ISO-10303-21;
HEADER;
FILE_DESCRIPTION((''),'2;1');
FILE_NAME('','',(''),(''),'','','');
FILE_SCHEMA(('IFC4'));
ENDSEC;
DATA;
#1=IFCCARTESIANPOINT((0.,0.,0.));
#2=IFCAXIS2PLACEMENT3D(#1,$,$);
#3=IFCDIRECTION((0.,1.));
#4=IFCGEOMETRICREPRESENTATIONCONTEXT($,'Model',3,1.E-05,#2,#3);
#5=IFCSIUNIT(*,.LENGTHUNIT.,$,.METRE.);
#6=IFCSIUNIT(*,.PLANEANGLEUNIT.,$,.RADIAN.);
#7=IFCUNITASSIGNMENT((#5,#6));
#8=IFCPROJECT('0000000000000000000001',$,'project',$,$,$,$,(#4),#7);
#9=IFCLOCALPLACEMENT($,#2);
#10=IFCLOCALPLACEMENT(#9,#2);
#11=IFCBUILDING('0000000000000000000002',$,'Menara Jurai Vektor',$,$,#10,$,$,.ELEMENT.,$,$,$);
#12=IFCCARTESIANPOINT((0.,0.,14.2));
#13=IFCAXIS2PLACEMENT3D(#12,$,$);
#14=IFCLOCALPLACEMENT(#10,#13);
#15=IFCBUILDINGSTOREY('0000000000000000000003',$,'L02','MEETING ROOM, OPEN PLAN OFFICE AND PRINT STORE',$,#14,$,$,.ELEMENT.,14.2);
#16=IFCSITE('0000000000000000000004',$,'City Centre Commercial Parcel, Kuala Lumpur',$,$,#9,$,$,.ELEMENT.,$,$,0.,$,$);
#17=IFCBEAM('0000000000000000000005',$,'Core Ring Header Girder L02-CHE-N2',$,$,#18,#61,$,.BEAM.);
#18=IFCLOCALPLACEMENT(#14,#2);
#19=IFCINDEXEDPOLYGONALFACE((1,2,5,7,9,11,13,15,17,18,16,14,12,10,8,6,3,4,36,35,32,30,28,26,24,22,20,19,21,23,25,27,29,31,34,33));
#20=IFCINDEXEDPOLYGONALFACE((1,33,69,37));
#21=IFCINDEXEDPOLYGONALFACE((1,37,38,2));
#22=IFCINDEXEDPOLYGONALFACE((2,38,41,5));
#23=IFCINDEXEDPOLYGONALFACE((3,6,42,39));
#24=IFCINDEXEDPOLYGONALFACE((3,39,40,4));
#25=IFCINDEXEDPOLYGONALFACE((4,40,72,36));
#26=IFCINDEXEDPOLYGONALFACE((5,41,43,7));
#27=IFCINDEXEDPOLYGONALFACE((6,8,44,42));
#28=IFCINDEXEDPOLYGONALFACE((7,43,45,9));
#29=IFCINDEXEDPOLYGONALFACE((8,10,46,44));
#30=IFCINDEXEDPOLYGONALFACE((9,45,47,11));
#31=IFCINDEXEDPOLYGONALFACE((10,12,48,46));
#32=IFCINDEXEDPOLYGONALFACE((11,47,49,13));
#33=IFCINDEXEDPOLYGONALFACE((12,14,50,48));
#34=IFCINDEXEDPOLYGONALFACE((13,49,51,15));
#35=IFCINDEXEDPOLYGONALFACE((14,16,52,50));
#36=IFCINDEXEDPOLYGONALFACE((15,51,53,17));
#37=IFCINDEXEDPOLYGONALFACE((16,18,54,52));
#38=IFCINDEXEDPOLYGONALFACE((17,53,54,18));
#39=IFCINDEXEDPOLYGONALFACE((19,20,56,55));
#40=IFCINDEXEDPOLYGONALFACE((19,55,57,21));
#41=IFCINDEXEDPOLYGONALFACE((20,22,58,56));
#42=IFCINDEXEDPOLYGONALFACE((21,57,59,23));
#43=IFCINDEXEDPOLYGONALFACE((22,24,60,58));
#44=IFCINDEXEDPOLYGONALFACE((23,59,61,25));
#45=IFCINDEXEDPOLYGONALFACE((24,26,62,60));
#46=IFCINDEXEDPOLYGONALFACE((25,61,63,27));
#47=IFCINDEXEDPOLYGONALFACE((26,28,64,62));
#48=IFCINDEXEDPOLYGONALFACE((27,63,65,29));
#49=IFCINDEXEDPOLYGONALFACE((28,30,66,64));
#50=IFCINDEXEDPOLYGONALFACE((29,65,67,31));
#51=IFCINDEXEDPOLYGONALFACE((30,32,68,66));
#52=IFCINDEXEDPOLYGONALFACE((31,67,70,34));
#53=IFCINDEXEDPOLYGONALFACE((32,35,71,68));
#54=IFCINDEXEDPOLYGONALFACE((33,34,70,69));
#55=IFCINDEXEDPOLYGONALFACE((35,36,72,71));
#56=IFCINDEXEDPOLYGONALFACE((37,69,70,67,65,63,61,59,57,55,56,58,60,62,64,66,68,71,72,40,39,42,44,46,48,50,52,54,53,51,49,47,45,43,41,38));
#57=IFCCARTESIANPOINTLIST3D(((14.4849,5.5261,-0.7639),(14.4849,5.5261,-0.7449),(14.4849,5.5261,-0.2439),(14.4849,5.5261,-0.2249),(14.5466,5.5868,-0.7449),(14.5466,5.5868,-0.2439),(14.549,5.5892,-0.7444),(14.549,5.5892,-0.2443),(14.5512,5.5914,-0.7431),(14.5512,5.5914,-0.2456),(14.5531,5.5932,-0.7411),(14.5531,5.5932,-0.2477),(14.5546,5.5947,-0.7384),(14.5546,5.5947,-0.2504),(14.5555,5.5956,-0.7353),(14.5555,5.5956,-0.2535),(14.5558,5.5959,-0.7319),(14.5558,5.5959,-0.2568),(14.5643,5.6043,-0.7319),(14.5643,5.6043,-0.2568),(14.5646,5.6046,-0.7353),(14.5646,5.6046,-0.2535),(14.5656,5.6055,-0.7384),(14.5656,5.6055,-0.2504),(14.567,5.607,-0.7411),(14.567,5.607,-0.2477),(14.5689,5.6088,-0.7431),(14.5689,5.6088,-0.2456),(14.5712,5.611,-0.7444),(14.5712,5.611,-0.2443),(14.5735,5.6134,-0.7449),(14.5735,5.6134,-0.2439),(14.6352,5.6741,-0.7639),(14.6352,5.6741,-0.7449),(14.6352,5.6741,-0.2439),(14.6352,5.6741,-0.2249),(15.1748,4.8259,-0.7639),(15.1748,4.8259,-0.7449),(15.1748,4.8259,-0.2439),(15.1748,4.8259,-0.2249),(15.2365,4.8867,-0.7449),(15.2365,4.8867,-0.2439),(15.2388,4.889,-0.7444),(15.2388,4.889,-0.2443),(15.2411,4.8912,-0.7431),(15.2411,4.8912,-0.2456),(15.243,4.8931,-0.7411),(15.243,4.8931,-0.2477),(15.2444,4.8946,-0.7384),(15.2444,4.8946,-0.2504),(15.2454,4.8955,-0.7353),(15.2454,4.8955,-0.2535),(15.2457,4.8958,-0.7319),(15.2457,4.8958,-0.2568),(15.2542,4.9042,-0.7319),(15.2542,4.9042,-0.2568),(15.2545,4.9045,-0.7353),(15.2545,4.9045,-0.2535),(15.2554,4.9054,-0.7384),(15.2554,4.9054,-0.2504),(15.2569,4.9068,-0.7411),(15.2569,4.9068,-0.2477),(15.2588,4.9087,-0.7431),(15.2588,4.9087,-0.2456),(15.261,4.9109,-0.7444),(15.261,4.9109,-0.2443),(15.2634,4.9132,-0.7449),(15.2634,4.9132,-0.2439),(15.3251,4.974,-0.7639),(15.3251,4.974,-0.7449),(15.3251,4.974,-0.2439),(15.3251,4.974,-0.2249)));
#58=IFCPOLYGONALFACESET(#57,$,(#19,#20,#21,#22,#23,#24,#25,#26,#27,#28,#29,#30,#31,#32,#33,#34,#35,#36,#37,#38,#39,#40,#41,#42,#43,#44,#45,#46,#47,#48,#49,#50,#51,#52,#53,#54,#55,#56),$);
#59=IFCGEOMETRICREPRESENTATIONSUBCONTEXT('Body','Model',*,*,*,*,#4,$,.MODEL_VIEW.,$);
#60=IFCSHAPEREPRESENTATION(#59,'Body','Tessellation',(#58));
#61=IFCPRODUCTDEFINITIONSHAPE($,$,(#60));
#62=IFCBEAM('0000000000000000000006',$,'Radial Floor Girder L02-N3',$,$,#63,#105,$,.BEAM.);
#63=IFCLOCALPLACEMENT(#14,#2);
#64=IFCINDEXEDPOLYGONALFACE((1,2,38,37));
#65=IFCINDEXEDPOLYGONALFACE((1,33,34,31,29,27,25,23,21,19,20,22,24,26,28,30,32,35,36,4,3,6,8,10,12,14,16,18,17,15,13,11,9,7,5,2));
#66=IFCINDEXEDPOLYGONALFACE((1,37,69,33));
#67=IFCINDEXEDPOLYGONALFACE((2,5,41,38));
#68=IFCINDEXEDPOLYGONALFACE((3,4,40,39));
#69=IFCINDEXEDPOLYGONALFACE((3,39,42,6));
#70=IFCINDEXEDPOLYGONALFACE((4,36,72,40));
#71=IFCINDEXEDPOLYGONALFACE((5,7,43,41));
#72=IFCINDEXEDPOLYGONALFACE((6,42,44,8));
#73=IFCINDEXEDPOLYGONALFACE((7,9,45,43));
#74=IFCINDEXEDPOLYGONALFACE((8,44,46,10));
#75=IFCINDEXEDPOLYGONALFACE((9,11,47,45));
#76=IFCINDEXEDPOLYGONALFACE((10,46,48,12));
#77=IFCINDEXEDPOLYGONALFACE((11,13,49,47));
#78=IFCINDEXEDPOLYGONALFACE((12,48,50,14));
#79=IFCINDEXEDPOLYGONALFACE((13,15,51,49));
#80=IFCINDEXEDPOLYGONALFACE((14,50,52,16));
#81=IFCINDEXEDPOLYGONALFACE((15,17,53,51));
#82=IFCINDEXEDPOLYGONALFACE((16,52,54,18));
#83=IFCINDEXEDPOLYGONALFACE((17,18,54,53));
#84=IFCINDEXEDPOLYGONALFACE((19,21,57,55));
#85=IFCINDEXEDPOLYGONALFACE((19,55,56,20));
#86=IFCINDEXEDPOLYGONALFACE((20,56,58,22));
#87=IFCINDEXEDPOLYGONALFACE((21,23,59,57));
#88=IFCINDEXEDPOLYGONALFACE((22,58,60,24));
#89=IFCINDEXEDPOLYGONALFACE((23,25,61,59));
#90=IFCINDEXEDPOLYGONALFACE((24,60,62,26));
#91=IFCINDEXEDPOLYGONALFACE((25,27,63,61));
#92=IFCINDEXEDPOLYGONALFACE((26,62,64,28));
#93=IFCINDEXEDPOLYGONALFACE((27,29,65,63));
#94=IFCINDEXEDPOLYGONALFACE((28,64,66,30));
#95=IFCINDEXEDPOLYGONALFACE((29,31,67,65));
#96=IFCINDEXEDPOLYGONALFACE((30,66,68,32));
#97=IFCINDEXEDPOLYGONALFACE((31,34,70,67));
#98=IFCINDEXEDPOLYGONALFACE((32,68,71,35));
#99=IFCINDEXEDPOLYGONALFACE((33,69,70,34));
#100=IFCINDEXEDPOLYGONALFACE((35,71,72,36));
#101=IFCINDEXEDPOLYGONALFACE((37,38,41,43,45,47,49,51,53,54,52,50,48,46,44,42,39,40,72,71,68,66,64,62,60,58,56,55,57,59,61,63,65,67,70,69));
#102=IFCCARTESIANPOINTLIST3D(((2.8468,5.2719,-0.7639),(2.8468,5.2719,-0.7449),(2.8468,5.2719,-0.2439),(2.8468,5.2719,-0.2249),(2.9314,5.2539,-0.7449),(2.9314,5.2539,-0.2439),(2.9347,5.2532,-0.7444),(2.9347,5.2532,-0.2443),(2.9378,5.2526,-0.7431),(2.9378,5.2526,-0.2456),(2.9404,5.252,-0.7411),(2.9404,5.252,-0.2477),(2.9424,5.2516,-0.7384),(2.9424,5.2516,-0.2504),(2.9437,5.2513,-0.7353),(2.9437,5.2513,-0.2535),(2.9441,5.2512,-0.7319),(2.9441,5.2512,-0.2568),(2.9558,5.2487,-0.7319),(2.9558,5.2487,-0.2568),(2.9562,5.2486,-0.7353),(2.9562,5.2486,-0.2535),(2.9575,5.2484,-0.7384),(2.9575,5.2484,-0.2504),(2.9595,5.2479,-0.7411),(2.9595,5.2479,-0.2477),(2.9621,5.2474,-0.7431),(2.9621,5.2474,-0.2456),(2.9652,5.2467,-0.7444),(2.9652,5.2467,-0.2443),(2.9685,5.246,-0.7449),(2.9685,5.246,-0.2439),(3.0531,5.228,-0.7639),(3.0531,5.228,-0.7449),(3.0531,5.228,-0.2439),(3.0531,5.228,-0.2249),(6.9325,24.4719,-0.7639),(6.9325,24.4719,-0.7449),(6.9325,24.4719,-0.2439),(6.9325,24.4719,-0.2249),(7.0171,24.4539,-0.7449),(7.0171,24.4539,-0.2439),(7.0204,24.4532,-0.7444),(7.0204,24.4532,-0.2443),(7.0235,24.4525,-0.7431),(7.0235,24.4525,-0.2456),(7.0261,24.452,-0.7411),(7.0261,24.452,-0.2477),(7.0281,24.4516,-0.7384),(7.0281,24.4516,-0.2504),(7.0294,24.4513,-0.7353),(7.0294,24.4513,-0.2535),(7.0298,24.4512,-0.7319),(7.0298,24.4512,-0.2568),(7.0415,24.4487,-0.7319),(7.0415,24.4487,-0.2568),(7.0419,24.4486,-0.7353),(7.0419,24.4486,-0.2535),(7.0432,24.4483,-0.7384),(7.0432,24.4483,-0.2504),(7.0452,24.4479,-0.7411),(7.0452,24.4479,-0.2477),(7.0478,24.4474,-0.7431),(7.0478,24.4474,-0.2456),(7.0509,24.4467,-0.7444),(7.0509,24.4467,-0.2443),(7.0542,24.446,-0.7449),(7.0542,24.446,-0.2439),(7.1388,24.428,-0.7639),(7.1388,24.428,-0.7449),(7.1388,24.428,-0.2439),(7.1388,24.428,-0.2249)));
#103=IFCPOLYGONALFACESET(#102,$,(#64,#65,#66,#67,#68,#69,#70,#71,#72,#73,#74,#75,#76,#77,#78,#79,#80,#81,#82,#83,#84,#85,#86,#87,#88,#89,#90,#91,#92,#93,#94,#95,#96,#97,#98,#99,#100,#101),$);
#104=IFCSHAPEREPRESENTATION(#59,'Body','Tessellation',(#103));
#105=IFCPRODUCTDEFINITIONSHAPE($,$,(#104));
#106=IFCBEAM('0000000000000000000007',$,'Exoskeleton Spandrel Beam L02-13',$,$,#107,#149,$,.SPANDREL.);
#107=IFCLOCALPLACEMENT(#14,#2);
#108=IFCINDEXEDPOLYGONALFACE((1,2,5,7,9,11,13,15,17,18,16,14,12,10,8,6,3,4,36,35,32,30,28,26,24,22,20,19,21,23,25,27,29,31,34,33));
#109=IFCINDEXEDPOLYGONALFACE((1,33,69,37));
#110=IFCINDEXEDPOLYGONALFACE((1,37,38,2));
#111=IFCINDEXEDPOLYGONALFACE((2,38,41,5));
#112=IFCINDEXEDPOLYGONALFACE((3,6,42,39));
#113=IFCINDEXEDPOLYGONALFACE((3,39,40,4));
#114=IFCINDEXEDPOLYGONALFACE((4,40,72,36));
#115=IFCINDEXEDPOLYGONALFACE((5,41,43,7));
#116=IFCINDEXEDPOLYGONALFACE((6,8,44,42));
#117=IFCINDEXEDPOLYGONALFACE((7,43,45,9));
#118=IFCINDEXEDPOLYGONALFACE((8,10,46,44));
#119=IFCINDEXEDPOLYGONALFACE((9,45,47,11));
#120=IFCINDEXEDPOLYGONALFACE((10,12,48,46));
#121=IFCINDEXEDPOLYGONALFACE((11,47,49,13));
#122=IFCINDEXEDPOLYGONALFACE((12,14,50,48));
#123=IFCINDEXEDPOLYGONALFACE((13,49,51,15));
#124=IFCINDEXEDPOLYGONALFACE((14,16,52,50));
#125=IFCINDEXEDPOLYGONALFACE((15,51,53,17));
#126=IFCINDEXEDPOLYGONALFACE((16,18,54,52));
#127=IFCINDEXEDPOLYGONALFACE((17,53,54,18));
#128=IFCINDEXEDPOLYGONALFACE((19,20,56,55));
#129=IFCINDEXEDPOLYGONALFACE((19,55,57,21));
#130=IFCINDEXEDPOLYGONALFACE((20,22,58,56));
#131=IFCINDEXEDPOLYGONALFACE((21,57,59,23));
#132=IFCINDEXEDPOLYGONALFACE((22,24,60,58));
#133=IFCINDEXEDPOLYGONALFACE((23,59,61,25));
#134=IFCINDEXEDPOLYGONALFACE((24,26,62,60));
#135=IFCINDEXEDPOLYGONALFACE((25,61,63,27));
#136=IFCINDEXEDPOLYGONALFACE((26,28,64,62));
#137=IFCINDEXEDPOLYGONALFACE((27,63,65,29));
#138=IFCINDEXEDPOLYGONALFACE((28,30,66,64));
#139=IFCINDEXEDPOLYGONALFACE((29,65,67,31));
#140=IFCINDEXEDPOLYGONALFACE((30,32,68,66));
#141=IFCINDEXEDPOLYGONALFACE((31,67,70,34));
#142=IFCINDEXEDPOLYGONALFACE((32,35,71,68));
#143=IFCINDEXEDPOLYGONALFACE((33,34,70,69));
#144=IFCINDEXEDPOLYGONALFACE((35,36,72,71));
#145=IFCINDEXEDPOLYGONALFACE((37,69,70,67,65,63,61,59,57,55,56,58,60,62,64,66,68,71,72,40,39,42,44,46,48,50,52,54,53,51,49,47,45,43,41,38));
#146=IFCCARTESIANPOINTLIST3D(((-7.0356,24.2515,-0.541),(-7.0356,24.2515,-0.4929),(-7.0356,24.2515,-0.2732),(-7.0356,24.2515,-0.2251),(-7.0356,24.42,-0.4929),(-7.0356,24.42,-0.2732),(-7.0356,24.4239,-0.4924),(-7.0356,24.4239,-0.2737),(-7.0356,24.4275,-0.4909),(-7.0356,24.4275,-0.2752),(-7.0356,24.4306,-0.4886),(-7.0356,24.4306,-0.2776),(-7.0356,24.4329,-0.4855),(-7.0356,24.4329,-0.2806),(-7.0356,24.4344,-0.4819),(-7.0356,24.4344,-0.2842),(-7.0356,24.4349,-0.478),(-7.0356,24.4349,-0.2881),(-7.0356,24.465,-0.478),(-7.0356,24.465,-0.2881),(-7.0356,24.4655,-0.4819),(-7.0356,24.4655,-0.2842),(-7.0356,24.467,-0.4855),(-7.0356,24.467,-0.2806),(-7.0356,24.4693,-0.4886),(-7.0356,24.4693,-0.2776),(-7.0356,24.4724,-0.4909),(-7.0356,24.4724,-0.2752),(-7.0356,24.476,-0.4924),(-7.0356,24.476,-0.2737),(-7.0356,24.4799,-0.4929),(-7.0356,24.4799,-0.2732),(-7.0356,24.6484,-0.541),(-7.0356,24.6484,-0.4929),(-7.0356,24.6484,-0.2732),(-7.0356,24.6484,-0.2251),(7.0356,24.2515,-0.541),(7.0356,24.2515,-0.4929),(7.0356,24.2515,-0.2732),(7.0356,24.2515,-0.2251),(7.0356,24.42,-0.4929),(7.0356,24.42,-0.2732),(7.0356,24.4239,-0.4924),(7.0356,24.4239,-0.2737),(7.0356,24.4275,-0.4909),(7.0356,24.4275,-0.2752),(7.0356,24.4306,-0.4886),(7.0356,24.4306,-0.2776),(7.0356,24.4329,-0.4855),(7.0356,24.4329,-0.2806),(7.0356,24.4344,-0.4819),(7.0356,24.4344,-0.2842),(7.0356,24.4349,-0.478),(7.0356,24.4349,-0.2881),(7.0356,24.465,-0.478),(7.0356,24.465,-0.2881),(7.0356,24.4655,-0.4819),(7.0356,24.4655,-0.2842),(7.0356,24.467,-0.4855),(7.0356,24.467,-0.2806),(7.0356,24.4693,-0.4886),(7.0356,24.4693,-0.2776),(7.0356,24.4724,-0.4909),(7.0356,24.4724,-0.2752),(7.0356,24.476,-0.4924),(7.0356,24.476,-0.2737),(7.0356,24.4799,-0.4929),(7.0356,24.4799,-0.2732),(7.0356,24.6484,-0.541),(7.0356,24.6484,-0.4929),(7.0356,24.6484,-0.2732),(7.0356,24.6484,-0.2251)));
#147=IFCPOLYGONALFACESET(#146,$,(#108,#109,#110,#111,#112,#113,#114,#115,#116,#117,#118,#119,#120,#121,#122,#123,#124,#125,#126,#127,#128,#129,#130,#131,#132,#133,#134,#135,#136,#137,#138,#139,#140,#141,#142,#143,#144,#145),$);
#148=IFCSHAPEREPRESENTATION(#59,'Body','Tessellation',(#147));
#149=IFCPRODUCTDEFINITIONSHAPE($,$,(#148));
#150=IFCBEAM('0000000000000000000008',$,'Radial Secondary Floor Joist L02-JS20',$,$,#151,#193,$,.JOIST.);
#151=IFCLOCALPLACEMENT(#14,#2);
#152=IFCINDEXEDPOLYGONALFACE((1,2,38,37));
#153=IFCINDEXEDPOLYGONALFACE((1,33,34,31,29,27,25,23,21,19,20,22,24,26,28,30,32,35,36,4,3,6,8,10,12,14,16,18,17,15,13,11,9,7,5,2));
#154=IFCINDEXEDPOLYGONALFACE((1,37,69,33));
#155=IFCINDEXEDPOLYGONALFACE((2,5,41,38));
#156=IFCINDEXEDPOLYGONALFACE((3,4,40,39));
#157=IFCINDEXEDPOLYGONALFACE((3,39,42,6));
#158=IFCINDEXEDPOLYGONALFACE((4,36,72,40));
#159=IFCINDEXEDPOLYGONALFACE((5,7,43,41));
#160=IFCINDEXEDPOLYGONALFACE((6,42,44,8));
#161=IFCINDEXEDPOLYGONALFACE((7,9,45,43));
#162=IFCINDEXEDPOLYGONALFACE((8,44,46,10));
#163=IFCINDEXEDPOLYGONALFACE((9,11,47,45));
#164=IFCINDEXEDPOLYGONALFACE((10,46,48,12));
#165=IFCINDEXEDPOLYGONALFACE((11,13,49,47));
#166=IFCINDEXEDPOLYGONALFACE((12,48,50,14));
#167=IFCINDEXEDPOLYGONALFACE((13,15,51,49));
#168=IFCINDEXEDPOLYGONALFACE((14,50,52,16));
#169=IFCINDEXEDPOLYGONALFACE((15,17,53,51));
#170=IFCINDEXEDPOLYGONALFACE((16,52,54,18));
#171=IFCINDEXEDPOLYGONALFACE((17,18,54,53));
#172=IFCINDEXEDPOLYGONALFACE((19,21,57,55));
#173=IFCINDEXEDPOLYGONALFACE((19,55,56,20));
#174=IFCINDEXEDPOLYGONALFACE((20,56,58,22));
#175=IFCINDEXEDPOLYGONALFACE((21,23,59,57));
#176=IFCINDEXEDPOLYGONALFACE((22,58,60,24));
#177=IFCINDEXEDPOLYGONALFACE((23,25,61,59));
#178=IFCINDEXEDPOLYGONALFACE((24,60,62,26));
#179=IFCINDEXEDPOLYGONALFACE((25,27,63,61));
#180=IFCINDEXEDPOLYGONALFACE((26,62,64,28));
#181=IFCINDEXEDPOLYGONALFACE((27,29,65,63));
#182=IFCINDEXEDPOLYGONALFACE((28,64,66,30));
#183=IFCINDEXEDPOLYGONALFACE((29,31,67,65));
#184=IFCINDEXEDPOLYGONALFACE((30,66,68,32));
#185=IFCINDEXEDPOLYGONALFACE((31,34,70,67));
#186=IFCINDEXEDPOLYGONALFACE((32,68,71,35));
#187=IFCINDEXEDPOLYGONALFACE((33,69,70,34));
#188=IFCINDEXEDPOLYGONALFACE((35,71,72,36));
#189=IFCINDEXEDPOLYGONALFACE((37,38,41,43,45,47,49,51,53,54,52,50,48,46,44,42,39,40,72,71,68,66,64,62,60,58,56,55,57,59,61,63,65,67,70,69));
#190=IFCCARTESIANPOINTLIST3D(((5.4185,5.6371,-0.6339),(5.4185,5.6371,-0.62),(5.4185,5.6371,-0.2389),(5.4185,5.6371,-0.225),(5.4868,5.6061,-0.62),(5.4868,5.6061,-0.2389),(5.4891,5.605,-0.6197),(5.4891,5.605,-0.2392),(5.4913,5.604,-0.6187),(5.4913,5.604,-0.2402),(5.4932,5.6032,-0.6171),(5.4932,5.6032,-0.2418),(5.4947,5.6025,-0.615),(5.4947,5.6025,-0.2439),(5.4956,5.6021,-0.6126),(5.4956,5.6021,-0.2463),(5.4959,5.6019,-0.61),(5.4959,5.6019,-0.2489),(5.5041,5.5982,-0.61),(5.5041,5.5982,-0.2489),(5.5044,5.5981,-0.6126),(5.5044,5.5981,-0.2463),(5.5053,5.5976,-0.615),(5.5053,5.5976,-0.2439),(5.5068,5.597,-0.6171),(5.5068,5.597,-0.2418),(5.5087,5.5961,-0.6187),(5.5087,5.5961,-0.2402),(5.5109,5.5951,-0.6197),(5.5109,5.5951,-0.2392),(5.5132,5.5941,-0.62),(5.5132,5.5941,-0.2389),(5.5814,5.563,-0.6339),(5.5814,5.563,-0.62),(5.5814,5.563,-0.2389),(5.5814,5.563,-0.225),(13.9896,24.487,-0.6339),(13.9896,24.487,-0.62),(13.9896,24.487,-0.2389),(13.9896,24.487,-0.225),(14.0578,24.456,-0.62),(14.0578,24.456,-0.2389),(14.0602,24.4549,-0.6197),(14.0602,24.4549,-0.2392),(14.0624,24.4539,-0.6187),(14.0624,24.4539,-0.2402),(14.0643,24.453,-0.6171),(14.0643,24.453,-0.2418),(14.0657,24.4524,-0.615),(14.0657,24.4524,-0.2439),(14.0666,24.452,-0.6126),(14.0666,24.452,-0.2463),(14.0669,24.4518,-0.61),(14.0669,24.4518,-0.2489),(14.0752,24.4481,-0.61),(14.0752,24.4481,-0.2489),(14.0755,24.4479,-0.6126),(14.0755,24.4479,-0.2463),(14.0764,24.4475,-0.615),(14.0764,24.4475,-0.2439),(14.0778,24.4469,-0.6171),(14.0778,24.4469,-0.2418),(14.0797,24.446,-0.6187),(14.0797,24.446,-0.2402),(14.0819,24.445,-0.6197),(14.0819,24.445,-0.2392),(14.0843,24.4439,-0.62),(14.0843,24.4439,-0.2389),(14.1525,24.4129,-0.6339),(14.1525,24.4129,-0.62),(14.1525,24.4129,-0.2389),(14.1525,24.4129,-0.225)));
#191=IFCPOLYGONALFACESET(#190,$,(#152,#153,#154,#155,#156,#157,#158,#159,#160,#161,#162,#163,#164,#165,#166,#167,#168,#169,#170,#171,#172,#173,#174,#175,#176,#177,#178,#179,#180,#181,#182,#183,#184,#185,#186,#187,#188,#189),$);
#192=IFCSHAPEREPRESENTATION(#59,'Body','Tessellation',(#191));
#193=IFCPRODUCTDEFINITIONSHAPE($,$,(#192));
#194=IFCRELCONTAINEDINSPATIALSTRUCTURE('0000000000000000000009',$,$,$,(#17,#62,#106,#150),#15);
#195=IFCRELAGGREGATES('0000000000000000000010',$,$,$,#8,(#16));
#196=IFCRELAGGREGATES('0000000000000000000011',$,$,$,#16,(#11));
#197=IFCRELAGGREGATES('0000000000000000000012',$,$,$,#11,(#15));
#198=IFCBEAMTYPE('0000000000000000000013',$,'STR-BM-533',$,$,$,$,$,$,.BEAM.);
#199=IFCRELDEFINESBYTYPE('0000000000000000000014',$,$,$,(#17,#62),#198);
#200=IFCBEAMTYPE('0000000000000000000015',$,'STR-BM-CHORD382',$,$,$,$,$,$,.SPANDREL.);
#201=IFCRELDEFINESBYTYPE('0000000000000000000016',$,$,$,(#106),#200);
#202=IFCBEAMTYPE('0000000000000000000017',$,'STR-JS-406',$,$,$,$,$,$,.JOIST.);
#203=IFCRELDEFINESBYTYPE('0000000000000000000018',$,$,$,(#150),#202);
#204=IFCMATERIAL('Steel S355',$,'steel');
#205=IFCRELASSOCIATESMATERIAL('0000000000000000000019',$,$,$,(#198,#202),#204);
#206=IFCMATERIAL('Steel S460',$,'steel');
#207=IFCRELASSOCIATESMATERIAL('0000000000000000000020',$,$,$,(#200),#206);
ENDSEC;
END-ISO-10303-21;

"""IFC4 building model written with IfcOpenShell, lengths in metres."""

from ifc_helpers import new_model, si_unit, direction, frame, origin, origin_2d, place, context, subcontext, project, spatial, i_section, extrude, material, material_profile, profile_set, type_object, element, save


model = new_model("IFC4")

# Units and contexts
model_context = context("Model", 3, precision=1e-05, world=origin(), true_north=direction((0.0, 1.0)))
body_context = subcontext(model_context, "Body", "Model", "MODEL_VIEW")
ifc_project = project(units=[si_unit("LENGTHUNIT", "METRE"), si_unit("PLANEANGLEUNIT", "RADIAN")], contexts=[model_context])

# Site, building, storey
site_placement = place(None, origin())
site = spatial("IfcSite", under=ifc_project, at=site_placement, Name="City Centre Commercial Parcel, Kuala Lumpur", CompositionType="ELEMENT", RefElevation=0.0)
building_placement = place(site_placement, origin())
building = spatial("IfcBuilding", under=site, at=building_placement, Name="Menara Jurai Vektor", CompositionType="ELEMENT")
storey_placement = place(building_placement, frame((0.0, 0.0, 14.2)))
storey = spatial("IfcBuildingStorey", under=building, at=storey_placement, Name="L02", Description="MEETING ROOM, OPEN PLAN OFFICE AND PRINT STORE", CompositionType="ELEMENT", Elevation=14.2)

# Shared definitions
ifc_material_1 = material(Name="Steel S355", Category="steel")
ifc_material_2 = material(Name="Steel S460", Category="steel")

# Beams
ifc_material_profile_1 = material_profile(ifc_material_1, i_section(OverallWidth=0.2109, OverallDepth=0.5391, WebThickness=0.012, FlangeThickness=0.019, FilletRadius=0.0129, at=origin_2d()), Name="UKB 533x210x109")
ifc_profile_set_1 = profile_set([ifc_material_profile_1], Name="Steel S355")
beam_type_1 = type_object("IfcBeamType", Name="STR-BM-533", PredefinedType="BEAM", material=ifc_profile_set_1)
beam_1_placement = place(storey_placement, frame((14.5601, 5.6001, -0.4944), z_axis=(0.701872, -0.712303, 0.0), x_axis=(0.712303, 0.701872, 0.0)))
element("IfcBeam", 1, at=beam_1_placement, inside=storey, type_object=beam_type_1, Name="Core Ring Header Girder L02-CHE-N2", PredefinedType="BEAM", context=body_context, shape_type="SweptSolid", body=[
    extrude(i_section(OverallWidth=0.2109, OverallDepth=0.5391, WebThickness=0.012, FlangeThickness=0.019, FilletRadius=0.0129, at=origin_2d()), origin(), (0.0, 0.0, 1.0), 0.9829),
])
beam_2_placement = place(storey_placement, frame((7.0356, 24.45, -0.4944), z_axis=(-0.208137, -0.9781, 0.0), x_axis=(0.9781, -0.208137, 0.0)))
element("IfcBeam", 2, at=beam_2_placement, inside=storey, type_object=beam_type_1, Name="Radial Floor Girder L02-N3", PredefinedType="BEAM", context=body_context, shape_type="SweptSolid", body=[
    extrude(i_section(OverallWidth=0.2109, OverallDepth=0.5391, WebThickness=0.012, FlangeThickness=0.019, FilletRadius=0.0129, at=origin_2d()), origin(), (0.0, 0.0, 1.0), 19.6299),
])
ifc_material_profile_2 = material_profile(ifc_material_2, i_section(OverallWidth=0.397, OverallDepth=0.3159, WebThickness=0.03, FlangeThickness=0.0481, FilletRadius=0.0149, at=origin_2d()), Name="HD 400x382")
ifc_profile_set_2 = profile_set([ifc_material_profile_2], Name="Steel S460")
beam_type_2 = type_object("IfcBeamType", Name="STR-BM-CHORD382", PredefinedType="SPANDREL", material=ifc_profile_set_2)
beam_3_placement = place(storey_placement, frame((7.0356, 24.45, -0.3831), z_axis=(-1.0, 0.0, 0.0), x_axis=(0.0, -1.0, 0.0)))
element("IfcBeam", 3, at=beam_3_placement, inside=storey, type_object=beam_type_2, Name="Exoskeleton Spandrel Beam L02-13", PredefinedType="SPANDREL", context=body_context, shape_type="SweptSolid", body=[
    extrude(i_section(OverallWidth=0.397, OverallDepth=0.3159, WebThickness=0.03, FlangeThickness=0.0481, FilletRadius=0.0149, at=origin_2d()), origin(), (0.0, 0.0, 1.0), 14.0713),
])
ifc_material_profile_3 = material_profile(ifc_material_1, i_section(OverallWidth=0.179, OverallDepth=0.4089, WebThickness=0.009, FlangeThickness=0.0139, FilletRadius=0.01, at=origin_2d()), Name="UKB 406x178x67")
ifc_profile_set_3 = profile_set([ifc_material_profile_3], Name="Steel S355")
beam_type_3 = type_object("IfcBeamType", Name="STR-JS-406", PredefinedType="JOIST", material=ifc_profile_set_3)
beam_4_placement = place(storey_placement, frame((14.071, 24.45, -0.4294), z_axis=(-0.41392, -0.910313, 0.0), x_axis=(0.910313, -0.41392, 0.0)))
element("IfcBeam", 4, at=beam_4_placement, inside=storey, type_object=beam_type_3, Name="Radial Secondary Floor Joist L02-JS20", PredefinedType="JOIST", context=body_context, shape_type="SweptSolid", body=[
    extrude(i_section(OverallWidth=0.179, OverallDepth=0.4089, WebThickness=0.009, FlangeThickness=0.0139, FilletRadius=0.01, at=origin_2d()), origin(), (0.0, 0.0, 1.0), 20.707),
])

save(model, "model.ifc")
